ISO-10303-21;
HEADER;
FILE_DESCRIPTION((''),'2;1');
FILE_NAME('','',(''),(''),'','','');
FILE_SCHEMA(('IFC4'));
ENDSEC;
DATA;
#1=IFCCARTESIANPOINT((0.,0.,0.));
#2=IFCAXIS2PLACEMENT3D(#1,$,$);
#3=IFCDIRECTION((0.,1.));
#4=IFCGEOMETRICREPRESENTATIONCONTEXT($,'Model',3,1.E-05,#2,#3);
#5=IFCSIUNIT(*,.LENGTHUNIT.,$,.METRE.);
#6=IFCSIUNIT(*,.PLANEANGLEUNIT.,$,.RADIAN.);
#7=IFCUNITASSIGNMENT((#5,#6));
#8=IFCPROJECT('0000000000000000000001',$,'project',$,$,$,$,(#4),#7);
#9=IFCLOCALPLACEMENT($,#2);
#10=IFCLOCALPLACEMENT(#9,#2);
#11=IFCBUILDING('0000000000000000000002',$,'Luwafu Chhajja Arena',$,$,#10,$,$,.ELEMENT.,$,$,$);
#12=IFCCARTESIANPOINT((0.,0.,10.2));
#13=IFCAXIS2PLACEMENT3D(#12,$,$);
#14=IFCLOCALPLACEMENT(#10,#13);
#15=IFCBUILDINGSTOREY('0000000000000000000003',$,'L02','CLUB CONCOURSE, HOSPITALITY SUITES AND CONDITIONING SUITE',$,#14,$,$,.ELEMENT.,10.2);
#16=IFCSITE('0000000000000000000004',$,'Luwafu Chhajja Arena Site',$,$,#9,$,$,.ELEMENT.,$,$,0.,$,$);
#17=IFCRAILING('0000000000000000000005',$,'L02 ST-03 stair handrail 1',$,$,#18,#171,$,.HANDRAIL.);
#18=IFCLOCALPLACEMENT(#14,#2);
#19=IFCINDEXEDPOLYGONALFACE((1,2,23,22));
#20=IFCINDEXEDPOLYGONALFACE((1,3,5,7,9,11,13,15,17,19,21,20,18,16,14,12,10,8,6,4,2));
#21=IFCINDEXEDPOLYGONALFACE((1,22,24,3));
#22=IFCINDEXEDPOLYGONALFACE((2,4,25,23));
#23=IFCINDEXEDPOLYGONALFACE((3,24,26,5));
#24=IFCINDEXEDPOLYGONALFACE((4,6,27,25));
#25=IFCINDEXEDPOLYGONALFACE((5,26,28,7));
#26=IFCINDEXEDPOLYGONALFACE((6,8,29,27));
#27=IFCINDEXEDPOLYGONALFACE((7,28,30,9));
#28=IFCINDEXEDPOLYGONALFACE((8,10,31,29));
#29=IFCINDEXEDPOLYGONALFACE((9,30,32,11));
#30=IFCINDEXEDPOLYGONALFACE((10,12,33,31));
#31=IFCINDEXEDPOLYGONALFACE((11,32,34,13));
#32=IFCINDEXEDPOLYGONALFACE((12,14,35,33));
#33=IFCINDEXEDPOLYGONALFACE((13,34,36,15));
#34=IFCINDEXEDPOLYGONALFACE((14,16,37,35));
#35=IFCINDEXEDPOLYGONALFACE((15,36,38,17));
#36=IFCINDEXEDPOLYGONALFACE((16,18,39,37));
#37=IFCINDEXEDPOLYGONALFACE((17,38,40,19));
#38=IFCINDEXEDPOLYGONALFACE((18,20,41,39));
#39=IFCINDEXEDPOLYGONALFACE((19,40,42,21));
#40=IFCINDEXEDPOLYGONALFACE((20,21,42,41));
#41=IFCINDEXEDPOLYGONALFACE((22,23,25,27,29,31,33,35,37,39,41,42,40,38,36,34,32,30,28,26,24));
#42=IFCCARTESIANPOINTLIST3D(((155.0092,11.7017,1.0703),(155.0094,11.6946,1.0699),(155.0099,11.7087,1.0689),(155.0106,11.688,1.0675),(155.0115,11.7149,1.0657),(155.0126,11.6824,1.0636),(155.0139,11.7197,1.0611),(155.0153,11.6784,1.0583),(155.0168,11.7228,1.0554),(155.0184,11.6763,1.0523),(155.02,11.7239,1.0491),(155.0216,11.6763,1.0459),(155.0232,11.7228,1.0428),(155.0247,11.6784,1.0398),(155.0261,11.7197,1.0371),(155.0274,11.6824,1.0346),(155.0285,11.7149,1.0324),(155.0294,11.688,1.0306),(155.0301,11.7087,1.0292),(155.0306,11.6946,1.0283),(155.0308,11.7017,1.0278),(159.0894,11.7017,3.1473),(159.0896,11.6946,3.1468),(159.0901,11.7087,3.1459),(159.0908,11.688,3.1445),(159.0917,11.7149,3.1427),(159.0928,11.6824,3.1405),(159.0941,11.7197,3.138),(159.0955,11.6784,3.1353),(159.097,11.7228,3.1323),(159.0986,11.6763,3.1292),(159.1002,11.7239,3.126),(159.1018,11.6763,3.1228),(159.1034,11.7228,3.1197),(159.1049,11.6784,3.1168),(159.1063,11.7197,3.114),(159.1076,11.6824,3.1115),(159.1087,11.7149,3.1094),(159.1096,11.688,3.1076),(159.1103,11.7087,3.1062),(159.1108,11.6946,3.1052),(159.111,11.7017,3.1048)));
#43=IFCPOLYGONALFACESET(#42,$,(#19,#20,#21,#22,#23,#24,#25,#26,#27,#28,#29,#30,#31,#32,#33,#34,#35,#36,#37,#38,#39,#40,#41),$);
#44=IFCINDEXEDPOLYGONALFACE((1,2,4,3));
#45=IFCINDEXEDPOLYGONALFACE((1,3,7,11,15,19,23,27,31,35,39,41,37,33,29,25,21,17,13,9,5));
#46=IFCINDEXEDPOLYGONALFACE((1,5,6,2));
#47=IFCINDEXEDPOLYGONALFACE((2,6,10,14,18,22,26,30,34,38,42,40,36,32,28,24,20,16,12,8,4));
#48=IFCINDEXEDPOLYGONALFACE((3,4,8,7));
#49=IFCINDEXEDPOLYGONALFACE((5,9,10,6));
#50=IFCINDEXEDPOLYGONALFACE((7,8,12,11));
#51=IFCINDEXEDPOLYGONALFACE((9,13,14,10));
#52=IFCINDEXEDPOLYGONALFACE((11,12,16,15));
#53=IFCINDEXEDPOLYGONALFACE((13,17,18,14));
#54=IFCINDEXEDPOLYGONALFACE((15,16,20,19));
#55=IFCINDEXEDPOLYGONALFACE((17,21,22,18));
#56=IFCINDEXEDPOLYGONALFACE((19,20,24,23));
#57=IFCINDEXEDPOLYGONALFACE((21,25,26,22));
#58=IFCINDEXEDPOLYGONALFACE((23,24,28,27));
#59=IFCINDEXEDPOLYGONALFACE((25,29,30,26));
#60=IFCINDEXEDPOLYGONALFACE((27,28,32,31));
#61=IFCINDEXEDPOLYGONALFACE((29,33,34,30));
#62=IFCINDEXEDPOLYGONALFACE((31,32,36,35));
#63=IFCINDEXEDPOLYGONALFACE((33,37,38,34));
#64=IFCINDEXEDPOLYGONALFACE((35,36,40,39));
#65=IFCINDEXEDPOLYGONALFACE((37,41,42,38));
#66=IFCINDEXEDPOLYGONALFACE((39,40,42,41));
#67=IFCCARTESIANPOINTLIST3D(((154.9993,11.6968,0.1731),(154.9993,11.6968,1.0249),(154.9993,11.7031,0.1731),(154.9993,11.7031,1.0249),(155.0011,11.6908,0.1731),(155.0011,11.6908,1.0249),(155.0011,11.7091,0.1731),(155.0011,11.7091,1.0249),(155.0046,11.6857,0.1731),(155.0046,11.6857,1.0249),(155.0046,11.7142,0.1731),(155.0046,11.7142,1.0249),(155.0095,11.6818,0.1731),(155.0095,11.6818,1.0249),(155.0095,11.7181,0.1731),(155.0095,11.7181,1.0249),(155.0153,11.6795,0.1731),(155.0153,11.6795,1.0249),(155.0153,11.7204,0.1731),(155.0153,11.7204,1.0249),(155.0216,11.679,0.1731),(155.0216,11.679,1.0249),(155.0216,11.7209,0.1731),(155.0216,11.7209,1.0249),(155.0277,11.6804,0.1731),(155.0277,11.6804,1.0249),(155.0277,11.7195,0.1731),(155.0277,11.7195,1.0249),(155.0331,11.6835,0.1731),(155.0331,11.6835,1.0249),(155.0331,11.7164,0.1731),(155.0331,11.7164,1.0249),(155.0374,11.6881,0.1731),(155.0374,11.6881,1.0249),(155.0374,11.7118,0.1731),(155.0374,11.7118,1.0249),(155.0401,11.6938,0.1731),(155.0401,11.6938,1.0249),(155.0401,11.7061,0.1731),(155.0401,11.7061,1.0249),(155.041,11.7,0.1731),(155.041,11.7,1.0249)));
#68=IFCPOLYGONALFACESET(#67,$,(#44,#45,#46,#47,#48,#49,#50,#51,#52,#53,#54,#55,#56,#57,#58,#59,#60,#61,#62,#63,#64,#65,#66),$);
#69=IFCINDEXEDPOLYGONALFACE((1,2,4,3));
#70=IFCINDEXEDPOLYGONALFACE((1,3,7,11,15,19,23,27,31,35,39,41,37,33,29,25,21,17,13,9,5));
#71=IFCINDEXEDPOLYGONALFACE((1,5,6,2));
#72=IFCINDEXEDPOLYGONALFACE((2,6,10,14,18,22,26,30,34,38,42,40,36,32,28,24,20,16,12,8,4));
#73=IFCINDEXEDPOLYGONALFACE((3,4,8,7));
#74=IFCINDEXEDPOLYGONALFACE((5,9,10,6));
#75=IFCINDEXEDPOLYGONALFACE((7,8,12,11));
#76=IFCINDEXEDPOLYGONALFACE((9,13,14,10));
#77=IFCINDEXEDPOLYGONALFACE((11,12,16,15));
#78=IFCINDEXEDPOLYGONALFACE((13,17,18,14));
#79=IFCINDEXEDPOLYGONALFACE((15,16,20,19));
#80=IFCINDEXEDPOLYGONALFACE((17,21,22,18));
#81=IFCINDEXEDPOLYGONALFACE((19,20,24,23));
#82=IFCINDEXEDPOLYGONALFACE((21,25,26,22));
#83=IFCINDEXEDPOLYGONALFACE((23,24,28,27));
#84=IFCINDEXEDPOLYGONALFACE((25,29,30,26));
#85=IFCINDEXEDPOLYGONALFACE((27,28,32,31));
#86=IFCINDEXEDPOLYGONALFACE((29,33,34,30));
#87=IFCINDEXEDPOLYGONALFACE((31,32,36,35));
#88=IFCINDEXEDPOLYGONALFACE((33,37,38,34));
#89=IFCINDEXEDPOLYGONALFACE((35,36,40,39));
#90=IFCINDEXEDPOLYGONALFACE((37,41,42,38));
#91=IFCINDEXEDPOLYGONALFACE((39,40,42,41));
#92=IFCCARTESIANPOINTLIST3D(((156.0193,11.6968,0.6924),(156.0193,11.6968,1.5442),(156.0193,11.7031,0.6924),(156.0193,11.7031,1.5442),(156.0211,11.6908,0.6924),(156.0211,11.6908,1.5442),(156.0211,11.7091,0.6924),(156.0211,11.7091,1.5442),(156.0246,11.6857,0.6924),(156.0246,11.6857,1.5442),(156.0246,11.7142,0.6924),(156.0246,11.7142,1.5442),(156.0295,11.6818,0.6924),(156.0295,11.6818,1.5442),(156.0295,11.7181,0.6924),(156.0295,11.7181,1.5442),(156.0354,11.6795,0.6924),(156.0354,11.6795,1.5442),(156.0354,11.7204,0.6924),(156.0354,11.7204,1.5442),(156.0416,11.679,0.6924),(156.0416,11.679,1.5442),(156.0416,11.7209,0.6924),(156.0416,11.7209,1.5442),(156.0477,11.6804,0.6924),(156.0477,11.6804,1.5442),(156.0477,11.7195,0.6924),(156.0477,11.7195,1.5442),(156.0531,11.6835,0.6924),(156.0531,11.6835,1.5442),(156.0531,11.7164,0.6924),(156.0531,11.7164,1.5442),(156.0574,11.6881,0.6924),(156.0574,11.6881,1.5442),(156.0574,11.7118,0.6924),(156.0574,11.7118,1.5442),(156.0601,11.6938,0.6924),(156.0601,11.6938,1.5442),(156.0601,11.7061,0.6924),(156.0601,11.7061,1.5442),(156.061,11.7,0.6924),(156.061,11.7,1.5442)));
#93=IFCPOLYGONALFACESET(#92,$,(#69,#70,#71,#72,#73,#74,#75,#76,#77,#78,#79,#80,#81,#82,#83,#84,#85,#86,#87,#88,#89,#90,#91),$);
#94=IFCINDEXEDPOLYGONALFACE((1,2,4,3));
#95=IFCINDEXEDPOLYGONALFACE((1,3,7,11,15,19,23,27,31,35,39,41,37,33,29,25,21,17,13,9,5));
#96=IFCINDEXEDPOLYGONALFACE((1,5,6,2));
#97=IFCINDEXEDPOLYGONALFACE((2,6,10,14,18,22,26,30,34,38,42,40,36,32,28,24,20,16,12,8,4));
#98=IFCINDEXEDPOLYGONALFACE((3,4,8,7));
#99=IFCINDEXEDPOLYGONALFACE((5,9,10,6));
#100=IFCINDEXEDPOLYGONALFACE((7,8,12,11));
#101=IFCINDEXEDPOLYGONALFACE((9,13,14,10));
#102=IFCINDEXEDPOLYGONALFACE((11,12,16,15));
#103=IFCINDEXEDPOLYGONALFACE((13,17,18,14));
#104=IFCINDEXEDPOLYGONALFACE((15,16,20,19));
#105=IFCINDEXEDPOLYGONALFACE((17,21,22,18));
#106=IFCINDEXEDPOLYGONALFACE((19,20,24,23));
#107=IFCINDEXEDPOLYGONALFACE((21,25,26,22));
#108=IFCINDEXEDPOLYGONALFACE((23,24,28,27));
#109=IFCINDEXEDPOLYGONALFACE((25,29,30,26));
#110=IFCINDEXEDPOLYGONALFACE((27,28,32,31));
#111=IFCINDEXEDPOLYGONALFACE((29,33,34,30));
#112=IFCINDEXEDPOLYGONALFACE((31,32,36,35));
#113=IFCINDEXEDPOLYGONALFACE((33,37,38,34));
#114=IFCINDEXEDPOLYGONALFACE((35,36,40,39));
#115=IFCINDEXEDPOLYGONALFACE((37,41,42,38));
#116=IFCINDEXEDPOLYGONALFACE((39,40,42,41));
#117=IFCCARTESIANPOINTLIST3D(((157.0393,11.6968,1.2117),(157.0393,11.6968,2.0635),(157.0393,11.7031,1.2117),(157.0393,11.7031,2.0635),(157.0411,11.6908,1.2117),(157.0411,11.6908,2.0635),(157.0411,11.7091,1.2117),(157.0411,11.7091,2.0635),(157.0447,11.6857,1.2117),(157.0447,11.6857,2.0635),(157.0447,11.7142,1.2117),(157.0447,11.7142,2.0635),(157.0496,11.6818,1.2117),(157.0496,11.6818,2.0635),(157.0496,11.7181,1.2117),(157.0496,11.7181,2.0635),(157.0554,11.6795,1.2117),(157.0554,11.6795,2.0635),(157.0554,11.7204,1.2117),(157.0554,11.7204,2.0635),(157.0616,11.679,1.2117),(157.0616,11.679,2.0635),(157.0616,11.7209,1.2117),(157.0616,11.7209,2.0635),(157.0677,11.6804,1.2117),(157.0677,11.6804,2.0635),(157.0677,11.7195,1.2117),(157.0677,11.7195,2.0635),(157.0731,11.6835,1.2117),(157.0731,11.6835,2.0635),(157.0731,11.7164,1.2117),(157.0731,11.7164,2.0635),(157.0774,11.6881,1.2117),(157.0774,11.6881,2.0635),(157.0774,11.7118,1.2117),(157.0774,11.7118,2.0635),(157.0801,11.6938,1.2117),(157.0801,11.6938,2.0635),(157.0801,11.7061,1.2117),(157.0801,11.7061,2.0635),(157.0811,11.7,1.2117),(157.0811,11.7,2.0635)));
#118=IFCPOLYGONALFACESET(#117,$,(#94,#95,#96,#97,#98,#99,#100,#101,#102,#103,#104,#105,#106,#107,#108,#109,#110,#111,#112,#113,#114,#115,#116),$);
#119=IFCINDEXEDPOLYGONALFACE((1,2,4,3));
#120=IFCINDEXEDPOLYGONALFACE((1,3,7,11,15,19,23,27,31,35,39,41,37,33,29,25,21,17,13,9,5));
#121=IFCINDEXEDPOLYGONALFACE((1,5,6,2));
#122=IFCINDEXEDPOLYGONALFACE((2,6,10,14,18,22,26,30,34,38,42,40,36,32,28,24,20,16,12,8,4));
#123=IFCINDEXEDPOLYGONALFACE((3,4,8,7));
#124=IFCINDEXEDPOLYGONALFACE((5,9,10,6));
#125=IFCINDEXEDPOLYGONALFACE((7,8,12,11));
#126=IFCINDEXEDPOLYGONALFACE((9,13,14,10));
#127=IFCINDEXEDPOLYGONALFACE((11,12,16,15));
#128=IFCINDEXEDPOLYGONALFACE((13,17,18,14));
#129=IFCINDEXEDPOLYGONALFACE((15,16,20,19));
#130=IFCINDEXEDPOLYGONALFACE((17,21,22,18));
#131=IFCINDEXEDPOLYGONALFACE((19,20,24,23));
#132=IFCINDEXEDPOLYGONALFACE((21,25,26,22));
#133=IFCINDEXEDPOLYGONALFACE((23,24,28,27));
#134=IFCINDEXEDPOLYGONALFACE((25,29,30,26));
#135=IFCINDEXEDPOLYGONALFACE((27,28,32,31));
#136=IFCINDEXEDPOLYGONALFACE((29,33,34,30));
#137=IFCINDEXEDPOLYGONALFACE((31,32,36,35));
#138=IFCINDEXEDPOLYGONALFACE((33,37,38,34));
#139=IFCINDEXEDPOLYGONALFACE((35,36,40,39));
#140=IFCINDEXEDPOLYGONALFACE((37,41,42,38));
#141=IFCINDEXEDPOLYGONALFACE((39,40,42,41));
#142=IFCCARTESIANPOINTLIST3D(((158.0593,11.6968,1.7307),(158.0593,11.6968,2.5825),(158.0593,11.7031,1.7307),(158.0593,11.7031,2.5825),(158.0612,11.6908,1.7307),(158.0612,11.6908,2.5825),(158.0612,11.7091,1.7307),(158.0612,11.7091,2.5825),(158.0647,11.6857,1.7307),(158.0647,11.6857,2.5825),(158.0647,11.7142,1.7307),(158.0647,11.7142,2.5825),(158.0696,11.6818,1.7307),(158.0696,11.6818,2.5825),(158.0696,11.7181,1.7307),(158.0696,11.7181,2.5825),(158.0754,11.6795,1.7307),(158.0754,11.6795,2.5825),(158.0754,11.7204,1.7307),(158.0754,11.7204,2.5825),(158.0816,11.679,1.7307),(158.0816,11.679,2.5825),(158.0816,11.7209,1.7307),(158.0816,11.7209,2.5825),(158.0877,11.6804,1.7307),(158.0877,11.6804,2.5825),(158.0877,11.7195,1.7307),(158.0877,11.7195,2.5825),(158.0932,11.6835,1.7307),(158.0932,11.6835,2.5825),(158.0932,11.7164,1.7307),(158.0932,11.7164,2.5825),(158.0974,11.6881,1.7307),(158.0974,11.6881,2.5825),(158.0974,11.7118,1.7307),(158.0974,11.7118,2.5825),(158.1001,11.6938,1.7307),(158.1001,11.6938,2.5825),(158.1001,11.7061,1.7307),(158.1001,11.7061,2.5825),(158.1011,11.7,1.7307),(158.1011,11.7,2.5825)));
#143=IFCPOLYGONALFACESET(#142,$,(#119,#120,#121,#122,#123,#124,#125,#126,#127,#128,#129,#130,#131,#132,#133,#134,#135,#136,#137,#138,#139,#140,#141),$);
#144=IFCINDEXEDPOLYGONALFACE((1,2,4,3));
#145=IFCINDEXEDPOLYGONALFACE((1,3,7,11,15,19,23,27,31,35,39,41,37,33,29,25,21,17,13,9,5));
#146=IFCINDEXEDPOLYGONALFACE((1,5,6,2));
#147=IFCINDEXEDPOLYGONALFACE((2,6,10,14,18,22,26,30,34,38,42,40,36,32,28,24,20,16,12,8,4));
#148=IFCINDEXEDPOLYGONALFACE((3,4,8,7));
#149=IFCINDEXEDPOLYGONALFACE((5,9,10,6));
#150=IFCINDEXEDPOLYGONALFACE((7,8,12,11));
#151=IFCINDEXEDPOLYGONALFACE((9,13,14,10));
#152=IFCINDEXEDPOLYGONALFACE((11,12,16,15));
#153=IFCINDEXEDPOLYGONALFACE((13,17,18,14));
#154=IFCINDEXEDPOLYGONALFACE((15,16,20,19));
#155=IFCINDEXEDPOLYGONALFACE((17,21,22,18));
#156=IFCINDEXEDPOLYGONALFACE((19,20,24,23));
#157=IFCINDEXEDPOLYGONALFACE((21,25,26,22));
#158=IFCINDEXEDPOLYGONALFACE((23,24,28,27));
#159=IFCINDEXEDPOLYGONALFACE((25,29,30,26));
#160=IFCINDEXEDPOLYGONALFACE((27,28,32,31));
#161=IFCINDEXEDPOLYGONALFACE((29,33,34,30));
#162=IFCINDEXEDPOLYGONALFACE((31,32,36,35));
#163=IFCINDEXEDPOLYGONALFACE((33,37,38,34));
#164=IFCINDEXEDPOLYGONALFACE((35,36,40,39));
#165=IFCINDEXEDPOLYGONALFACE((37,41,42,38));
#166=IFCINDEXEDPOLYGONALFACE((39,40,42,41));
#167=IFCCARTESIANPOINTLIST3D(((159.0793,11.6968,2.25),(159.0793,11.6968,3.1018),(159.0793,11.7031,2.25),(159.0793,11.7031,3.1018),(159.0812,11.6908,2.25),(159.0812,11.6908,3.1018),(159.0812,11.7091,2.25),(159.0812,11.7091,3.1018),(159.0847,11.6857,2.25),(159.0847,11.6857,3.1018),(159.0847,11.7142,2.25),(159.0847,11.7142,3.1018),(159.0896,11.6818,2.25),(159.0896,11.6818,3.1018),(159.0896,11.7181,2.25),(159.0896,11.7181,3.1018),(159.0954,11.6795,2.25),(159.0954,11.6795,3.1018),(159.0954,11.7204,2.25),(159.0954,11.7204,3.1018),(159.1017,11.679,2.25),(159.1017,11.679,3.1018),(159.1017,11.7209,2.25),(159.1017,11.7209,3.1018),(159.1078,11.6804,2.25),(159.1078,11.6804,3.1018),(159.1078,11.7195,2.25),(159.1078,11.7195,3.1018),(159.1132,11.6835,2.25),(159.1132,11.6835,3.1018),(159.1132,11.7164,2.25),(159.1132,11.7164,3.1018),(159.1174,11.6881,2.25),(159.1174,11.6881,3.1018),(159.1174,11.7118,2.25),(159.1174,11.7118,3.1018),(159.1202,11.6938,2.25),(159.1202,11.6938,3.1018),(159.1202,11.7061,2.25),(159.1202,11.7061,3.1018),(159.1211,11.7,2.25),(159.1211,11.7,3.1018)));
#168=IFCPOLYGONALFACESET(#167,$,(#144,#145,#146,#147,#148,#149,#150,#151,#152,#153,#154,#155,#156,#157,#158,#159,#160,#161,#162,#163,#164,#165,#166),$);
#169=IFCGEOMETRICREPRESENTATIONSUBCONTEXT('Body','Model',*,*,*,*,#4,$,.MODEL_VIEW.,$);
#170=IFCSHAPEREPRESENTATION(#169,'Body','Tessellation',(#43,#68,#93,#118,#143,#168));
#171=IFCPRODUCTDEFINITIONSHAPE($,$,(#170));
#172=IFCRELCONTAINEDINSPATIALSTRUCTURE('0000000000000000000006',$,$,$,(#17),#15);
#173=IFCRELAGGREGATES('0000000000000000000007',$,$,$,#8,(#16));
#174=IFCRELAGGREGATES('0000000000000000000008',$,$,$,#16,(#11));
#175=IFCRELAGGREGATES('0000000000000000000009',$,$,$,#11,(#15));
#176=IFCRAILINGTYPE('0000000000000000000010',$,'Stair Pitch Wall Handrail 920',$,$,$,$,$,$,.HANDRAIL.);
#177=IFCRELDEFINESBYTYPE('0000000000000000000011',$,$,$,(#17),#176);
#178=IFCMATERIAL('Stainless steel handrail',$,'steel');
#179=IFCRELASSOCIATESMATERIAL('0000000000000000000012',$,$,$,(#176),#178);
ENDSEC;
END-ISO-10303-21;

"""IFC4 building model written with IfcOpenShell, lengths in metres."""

from ifc_helpers import new_model, si_unit, direction, frame, origin, origin_2d, place, context, subcontext, project, spatial, circle, extrude, material, type_object, element, save


model = new_model("IFC4")

# Units and contexts
model_context = context("Model", 3, precision=1e-05, world=origin(), true_north=direction((0.0, 1.0)))
body_context = subcontext(model_context, "Body", "Model", "MODEL_VIEW")
ifc_project = project(units=[si_unit("LENGTHUNIT", "METRE"), si_unit("PLANEANGLEUNIT", "RADIAN")], contexts=[model_context])

# Site, building, storey
site_placement = place(None, origin())
site = spatial("IfcSite", under=ifc_project, at=site_placement, Name="Luwafu Chhajja Arena Site", CompositionType="ELEMENT", RefElevation=0.0)
building_placement = place(site_placement, origin())
building = spatial("IfcBuilding", under=site, at=building_placement, Name="Luwafu Chhajja Arena", CompositionType="ELEMENT")
storey_placement = place(building_placement, frame((0.0, 0.0, 10.2)))
storey = spatial("IfcBuildingStorey", under=building, at=storey_placement, Name="L02", Description="CLUB CONCOURSE, HOSPITALITY SUITES AND CONDITIONING SUITE", CompositionType="ELEMENT", Elevation=10.2)

# Railing
ifc_material_1 = material(Name="Stainless steel handrail", Category="steel")
railing_type_1 = type_object("IfcRailingType", Name="Stair Pitch Wall Handrail 920", PredefinedType="HANDRAIL", material=ifc_material_1)
railing_1_placement = place(storey_placement, frame((155.02, 11.7, 0.1731)))
element("IfcRailing", 1, at=railing_1_placement, inside=storey, type_object=railing_type_1, Name="L02 ST-03 stair handrail 1", PredefinedType="HANDRAIL", context=body_context, shape_type="SweptSolid", body=[
    extrude(circle(Radius=0.0239, at=origin_2d()), frame((0.0, 0.0, 0.876), z_axis=(0.891183, 0.0, 0.453644), x_axis=(0.0, 1.0, 0.0)), (0.0, 0.0, 1.0), 4.5784),
    extrude(circle(Radius=0.021, at=origin_2d()), origin(), (0.0, 0.0, 1.0), 0.8518),
    extrude(circle(Radius=0.021, at=origin_2d()), frame((1.02, 0.0, 0.5193)), (0.0, 0.0, 1.0), 0.8518),
    extrude(circle(Radius=0.021, at=origin_2d()), frame((2.04, 0.0, 1.0386)), (0.0, 0.0, 1.0), 0.8518),
    extrude(circle(Radius=0.021, at=origin_2d()), frame((3.0601, 0.0, 1.5576)), (0.0, 0.0, 1.0), 0.8518),
    extrude(circle(Radius=0.021, at=origin_2d()), frame((4.0801, 0.0, 2.0769)), (0.0, 0.0, 1.0), 0.8518),
])

save(model, "model.ifc")
